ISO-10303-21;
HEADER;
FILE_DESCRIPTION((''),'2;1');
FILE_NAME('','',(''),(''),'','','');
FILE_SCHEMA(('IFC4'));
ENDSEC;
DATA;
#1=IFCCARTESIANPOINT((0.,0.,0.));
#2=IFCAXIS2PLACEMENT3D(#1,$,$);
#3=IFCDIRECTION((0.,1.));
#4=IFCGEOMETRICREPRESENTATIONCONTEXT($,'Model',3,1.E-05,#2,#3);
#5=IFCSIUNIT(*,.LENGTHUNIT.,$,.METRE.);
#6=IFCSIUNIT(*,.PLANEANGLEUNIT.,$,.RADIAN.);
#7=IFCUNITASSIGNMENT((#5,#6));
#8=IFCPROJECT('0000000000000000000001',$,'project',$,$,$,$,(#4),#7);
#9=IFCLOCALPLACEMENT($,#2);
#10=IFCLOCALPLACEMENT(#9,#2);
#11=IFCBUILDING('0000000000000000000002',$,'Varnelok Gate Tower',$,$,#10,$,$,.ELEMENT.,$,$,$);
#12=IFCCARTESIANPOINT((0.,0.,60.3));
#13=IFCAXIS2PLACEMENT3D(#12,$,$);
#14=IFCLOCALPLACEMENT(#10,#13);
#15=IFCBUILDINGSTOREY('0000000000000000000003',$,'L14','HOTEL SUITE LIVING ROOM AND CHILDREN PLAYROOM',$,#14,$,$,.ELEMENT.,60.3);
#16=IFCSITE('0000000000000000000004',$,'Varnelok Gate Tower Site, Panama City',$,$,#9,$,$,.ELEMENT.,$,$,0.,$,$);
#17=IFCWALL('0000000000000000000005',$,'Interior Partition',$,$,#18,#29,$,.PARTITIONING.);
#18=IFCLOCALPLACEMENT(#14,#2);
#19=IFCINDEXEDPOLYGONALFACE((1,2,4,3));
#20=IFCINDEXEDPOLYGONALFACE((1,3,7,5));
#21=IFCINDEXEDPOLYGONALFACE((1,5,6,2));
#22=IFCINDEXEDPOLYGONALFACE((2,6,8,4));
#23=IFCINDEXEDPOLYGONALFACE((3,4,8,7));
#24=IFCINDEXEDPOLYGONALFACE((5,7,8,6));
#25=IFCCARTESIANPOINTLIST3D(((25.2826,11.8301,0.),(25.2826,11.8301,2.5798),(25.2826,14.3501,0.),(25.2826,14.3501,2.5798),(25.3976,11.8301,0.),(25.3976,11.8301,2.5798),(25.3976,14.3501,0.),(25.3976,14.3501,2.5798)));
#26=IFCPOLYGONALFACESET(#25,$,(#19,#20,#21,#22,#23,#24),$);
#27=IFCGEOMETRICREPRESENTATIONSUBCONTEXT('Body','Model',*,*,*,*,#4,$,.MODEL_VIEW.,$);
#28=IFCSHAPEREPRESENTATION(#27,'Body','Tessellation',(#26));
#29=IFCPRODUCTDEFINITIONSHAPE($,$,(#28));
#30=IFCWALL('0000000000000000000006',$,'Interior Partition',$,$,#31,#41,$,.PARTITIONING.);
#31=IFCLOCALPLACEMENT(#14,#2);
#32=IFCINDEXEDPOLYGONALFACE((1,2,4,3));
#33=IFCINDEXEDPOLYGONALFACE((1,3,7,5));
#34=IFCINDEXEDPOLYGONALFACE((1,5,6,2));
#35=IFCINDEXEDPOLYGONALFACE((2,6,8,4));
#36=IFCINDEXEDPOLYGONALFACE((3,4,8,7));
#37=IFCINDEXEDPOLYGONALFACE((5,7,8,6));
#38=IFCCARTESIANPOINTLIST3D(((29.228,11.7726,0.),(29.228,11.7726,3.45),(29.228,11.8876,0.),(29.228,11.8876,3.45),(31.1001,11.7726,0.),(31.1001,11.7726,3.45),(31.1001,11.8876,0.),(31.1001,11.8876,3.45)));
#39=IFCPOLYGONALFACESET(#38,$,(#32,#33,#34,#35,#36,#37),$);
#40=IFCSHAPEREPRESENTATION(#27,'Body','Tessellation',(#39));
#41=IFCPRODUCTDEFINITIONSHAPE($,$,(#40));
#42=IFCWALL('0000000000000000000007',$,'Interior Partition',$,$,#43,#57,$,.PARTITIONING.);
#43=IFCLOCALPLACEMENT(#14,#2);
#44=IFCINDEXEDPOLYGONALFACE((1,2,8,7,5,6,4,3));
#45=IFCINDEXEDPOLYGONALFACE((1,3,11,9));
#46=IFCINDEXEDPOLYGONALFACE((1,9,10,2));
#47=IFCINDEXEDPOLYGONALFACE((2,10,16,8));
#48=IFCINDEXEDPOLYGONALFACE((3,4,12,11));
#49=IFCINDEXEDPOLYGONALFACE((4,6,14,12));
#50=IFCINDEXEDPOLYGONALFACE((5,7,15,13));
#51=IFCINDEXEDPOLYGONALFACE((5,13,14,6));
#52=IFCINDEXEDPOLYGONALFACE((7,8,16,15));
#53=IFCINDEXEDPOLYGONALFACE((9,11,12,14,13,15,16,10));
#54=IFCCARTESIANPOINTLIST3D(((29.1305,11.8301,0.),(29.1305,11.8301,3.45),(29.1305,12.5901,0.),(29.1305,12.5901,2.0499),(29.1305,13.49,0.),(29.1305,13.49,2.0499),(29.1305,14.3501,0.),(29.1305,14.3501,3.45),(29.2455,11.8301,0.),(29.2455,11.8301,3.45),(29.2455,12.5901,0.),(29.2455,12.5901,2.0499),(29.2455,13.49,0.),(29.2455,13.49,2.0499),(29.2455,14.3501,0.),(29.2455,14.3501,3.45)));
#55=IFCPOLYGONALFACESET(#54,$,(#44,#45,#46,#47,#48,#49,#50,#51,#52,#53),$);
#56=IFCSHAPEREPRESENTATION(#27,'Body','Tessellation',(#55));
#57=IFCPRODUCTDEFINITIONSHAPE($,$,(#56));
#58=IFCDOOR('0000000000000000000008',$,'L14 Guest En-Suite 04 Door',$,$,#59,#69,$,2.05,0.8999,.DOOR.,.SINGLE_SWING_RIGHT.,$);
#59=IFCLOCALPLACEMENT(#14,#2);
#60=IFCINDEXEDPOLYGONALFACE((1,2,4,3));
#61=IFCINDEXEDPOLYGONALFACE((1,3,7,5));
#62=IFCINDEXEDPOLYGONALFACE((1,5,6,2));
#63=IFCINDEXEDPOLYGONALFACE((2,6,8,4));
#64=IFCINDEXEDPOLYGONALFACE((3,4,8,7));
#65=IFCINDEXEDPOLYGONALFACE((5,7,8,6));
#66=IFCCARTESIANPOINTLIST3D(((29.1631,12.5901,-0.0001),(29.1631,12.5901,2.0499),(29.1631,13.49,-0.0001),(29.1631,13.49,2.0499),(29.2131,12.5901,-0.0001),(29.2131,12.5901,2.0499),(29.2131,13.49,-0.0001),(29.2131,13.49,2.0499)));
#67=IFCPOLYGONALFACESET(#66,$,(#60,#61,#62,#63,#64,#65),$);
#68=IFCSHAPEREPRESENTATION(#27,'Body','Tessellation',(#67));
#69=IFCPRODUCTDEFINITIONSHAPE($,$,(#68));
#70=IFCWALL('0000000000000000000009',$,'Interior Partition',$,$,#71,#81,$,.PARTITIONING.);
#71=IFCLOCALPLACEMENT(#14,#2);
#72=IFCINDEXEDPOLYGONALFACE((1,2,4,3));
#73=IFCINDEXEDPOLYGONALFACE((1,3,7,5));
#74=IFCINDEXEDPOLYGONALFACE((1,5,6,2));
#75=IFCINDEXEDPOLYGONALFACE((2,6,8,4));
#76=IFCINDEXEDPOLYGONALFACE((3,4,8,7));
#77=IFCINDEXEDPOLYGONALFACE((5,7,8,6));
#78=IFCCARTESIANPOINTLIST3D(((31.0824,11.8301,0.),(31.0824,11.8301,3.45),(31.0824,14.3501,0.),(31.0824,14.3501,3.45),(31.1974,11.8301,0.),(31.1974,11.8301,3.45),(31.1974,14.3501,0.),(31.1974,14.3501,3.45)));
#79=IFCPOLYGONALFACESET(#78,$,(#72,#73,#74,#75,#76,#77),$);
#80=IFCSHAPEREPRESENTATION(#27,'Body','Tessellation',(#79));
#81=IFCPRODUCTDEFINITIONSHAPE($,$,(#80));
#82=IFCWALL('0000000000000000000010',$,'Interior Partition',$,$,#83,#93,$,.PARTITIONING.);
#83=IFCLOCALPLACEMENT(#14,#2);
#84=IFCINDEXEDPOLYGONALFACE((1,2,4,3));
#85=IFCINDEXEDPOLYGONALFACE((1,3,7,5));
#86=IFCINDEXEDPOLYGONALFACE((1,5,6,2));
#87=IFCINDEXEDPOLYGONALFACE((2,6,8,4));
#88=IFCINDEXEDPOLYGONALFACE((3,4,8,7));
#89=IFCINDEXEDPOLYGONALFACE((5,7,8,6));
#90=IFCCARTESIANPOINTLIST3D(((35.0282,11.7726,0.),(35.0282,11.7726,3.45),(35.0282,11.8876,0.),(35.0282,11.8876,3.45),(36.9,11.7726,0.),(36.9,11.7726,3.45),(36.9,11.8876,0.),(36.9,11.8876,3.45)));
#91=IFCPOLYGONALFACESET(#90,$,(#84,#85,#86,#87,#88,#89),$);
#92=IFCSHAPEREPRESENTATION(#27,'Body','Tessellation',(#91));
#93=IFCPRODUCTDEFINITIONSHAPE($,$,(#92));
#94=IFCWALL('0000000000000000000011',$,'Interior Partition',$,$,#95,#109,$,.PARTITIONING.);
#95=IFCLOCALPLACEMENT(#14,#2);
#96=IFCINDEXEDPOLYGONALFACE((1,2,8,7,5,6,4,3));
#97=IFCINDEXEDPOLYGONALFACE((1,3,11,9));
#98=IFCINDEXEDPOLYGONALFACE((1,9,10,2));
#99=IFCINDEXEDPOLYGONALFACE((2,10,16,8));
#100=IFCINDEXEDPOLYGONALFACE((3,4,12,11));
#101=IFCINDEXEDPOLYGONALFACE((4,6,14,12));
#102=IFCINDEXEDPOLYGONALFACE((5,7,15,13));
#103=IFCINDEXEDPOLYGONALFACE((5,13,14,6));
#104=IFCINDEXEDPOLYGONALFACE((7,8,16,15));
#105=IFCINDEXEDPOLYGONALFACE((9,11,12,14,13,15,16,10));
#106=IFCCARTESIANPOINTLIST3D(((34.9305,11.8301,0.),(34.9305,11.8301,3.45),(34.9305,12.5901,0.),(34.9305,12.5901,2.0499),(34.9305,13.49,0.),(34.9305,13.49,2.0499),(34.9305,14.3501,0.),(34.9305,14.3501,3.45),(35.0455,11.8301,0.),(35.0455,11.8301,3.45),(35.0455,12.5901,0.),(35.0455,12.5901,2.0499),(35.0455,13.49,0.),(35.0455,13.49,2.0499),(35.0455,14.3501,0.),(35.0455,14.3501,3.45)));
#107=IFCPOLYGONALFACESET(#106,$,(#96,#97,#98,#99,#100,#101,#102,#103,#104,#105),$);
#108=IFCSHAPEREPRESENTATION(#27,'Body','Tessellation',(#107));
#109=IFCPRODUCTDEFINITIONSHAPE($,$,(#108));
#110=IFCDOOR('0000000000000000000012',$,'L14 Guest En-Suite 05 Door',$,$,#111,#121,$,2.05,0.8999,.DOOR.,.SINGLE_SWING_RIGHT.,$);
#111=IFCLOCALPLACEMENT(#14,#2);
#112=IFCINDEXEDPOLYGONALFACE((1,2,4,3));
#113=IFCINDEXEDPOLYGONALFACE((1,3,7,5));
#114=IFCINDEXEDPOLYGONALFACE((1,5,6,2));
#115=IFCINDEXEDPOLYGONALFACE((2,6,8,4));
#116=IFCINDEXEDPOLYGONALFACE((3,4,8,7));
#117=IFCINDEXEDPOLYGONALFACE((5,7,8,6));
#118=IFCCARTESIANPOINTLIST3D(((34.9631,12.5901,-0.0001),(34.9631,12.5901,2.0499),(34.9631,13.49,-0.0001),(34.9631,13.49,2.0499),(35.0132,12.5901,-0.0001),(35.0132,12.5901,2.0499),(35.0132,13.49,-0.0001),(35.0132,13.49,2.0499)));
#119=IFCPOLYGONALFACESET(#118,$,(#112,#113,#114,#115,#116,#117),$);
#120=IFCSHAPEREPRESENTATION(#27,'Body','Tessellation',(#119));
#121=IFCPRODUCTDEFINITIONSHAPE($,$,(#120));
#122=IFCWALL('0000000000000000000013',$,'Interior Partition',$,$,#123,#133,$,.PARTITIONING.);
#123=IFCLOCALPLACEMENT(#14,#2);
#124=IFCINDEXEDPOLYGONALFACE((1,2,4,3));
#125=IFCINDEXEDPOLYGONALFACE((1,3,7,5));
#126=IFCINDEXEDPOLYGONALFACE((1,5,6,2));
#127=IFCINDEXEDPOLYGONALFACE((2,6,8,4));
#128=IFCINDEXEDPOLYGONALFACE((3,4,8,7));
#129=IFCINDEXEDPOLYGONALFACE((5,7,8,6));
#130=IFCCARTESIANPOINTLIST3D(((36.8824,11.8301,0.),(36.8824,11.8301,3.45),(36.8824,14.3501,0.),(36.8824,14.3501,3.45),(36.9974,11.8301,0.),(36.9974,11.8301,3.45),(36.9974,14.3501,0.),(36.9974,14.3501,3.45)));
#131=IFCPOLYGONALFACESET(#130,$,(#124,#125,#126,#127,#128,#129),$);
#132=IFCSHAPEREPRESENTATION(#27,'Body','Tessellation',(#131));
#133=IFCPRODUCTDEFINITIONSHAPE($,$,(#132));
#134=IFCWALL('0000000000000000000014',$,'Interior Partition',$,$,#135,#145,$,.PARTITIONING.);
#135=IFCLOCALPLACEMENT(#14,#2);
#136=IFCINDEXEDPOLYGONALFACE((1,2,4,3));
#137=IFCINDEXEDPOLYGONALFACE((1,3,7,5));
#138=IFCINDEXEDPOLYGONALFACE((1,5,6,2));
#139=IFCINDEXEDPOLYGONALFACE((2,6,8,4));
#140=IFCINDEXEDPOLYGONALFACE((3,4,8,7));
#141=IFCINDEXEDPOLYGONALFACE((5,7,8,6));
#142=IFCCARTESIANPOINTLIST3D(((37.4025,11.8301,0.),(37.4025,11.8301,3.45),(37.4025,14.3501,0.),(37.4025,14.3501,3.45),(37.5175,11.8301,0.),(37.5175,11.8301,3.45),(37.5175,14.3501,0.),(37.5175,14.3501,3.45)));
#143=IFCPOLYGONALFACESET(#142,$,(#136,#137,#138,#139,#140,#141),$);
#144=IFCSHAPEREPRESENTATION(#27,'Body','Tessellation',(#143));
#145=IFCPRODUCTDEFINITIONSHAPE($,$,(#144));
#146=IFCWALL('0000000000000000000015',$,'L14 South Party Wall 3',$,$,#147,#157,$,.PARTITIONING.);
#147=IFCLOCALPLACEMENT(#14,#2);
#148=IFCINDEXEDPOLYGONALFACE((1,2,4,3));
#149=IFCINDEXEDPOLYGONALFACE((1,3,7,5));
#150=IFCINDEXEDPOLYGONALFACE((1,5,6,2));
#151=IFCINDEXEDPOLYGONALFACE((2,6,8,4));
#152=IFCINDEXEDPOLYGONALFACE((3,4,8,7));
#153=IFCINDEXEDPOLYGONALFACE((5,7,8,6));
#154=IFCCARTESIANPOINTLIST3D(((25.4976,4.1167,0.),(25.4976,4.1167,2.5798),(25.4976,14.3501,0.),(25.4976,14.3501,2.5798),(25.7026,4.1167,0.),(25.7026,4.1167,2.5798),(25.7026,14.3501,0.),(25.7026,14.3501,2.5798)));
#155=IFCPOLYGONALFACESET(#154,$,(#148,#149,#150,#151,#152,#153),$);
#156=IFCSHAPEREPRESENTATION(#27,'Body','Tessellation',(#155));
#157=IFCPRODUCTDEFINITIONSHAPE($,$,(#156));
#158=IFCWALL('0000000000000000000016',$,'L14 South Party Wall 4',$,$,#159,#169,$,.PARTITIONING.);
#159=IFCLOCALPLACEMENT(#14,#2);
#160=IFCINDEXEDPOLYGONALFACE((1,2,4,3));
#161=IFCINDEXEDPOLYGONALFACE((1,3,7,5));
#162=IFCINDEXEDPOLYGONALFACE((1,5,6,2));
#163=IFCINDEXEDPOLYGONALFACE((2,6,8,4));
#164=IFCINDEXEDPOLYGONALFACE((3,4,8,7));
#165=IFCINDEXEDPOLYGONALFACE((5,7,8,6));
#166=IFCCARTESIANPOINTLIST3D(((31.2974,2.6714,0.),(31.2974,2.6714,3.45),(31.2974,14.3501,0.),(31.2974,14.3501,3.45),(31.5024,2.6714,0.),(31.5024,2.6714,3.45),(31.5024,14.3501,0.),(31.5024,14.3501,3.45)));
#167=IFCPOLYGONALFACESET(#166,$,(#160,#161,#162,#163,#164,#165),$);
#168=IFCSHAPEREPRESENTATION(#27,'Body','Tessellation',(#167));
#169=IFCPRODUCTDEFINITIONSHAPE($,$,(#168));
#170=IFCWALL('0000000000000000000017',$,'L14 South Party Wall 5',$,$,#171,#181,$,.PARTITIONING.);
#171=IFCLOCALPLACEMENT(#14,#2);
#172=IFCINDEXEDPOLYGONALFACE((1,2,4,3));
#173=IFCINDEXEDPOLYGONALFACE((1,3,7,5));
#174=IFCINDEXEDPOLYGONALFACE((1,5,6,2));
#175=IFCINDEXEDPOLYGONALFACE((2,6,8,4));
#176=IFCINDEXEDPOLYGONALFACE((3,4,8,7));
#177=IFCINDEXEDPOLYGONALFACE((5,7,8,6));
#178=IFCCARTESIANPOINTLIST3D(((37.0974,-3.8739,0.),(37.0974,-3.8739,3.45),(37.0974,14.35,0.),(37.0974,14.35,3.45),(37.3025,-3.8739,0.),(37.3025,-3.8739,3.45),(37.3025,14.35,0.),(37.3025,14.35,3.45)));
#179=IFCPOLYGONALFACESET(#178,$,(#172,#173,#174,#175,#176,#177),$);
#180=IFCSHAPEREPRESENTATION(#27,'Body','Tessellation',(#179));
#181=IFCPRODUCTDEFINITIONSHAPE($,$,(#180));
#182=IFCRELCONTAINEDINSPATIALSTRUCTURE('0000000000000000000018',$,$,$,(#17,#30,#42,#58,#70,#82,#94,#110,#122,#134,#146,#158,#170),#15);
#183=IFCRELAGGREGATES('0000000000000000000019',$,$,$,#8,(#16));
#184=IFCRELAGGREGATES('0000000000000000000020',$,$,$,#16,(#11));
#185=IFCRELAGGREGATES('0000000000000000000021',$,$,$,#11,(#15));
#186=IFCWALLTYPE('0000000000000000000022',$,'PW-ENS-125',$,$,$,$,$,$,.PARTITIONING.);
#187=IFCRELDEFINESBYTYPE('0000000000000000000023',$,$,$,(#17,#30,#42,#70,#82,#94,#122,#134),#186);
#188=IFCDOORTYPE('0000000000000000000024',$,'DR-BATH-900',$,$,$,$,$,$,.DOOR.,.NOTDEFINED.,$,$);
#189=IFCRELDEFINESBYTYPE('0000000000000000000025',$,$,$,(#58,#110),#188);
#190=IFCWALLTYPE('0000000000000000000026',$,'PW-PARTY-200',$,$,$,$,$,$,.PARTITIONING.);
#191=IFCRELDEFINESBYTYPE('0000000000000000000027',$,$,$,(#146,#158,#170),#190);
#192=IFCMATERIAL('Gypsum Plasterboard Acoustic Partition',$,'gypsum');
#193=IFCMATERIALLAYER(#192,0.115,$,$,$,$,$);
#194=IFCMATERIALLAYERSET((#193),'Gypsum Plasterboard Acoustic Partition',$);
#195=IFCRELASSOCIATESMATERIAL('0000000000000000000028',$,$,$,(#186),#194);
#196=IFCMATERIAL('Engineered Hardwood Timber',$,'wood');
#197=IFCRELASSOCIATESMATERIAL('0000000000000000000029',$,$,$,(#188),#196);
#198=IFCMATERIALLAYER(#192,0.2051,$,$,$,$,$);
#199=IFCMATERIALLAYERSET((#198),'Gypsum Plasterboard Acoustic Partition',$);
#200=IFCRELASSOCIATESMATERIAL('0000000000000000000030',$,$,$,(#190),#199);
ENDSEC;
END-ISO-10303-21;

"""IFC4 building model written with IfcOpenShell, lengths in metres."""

from ifc_helpers import new_model, si_unit, direction, frame, frame_2d, origin, place, context, subcontext, project, spatial, rectangle, extrude, material, layer, layer_set, type_object, element, fill, save


model = new_model("IFC4")

# Units and contexts
model_context = context("Model", 3, precision=1e-05, world=origin(), true_north=direction((0.0, 1.0)))
body_context = subcontext(model_context, "Body", "Model", "MODEL_VIEW")
ifc_project = project(units=[si_unit("LENGTHUNIT", "METRE"), si_unit("PLANEANGLEUNIT", "RADIAN")], contexts=[model_context])

# Site, building, storey
site_placement = place(None, origin())
site = spatial("IfcSite", under=ifc_project, at=site_placement, Name="Varnelok Gate Tower Site, Panama City", CompositionType="ELEMENT", RefElevation=0.0)
building_placement = place(site_placement, origin())
building = spatial("IfcBuilding", under=site, at=building_placement, Name="Varnelok Gate Tower", CompositionType="ELEMENT")
storey_placement = place(building_placement, frame((0.0, 0.0, 60.3)))
storey = spatial("IfcBuildingStorey", under=building, at=storey_placement, Name="L14", Description="HOTEL SUITE LIVING ROOM AND CHILDREN PLAYROOM", CompositionType="ELEMENT", Elevation=60.3)

# Walls
ifc_material_1 = material(Name="Gypsum Plasterboard Acoustic Partition", Category="gypsum")
ifc_layer_1 = layer(ifc_material_1, 0.115)
ifc_layer_set_1 = layer_set([ifc_layer_1], Name="Gypsum Plasterboard Acoustic Partition")
wall_type_1 = type_object("IfcWallType", Name="PW-ENS-125", PredefinedType="PARTITIONING", material=ifc_layer_set_1)
wall_1_placement = place(storey_placement, frame((25.3401, 11.8301, 0.0), z_axis=(0.0, 0.0, 1.0), x_axis=(0.0, 1.0, 0.0)))
element("IfcWall", 1, at=wall_1_placement, inside=storey, type_object=wall_type_1, Name="Interior Partition", PredefinedType="PARTITIONING", context=body_context, shape_type="SweptSolid", body=[
    extrude(rectangle(XDim=2.52, YDim=0.115, at=frame_2d((1.26, 0.0))), origin(), (0.0, 0.0, 1.0), 2.5798),
])
wall_2_placement = place(storey_placement, frame((29.228, 11.8301, 0.0), z_axis=(0.0, 0.0, 1.0), x_axis=(1.0, 0.0, 0.0)))
element("IfcWall", 2, at=wall_2_placement, inside=storey, type_object=wall_type_1, Name="Interior Partition", PredefinedType="PARTITIONING", context=body_context, shape_type="SweptSolid", body=[
    extrude(rectangle(XDim=1.8721, YDim=0.115, at=frame_2d((0.936, 0.0))), origin(), (0.0, 0.0, 1.0), 3.45),
])

# Wall, opening, door
wall_3_placement = place(storey_placement, frame((29.188, 11.8301, 0.0), z_axis=(0.0, 0.0, 1.0), x_axis=(0.0, 1.0, 0.0)))
wall_3 = element("IfcWall", 3, at=wall_3_placement, inside=storey, type_object=wall_type_1, Name="Interior Partition", PredefinedType="PARTITIONING", context=body_context, shape_type="SweptSolid", body=[
    extrude(rectangle(XDim=2.52, YDim=0.115, at=frame_2d((1.26, 0.0))), origin(), (0.0, 0.0, 1.0), 3.45),
])
opening_1_placement = place(wall_3_placement, frame((0.76, 0.0, 0.0)))
opening_1 = element("IfcOpeningElement", 4, at=opening_1_placement, cuts=wall_3, PredefinedType="OPENING", context=body_context, shape_type="SweptSolid", body=[
    extrude(rectangle(XDim=0.8999, YDim=2.05, at=frame_2d((0.45, 1.0249))), frame((0.0, 0.0674, 0.0), z_axis=(0.0, -1.0, 0.0), x_axis=(1.0, 0.0, 0.0)), (0.0, 0.0, 1.0), 0.135),
])
ifc_material_2 = material(Name="Engineered Hardwood Timber", Category="wood")
door_type_1 = type_object("IfcDoorType", Name="DR-BATH-900", OperationType="NOTDEFINED", PredefinedType="DOOR", material=ifc_material_2)
door_1_placement = place(opening_1_placement, origin())
door_1 = element("IfcDoor", 5, at=door_1_placement, inside=storey, type_object=door_type_1, Name="L14 Guest En-Suite 04 Door", OperationType="SINGLE_SWING_RIGHT", OverallHeight=2.05, OverallWidth=0.8999, PredefinedType="DOOR", context=body_context, shape_type="SweptSolid", body=[
    extrude(rectangle(XDim=0.8999, YDim=2.05, at=frame_2d((0.45, 1.0249))), frame((0.0, 0.0249, 0.0), z_axis=(0.0, -1.0, 0.0), x_axis=(1.0, 0.0, 0.0)), (0.0, 0.0, 1.0), 0.05),
])
fill(opening_1, door_1)

# Walls
wall_4_placement = place(storey_placement, frame((31.1399, 11.8301, 0.0), z_axis=(0.0, 0.0, 1.0), x_axis=(0.0, 1.0, 0.0)))
element("IfcWall", 6, at=wall_4_placement, inside=storey, type_object=wall_type_1, Name="Interior Partition", PredefinedType="PARTITIONING", context=body_context, shape_type="SweptSolid", body=[
    extrude(rectangle(XDim=2.52, YDim=0.115, at=frame_2d((1.26, 0.0))), origin(), (0.0, 0.0, 1.0), 3.45),
])
wall_5_placement = place(storey_placement, frame((35.0281, 11.8301, 0.0), z_axis=(0.0, 0.0, 1.0), x_axis=(1.0, 0.0, 0.0)))
element("IfcWall", 7, at=wall_5_placement, inside=storey, type_object=wall_type_1, Name="Interior Partition", PredefinedType="PARTITIONING", context=body_context, shape_type="SweptSolid", body=[
    extrude(rectangle(XDim=1.8718, YDim=0.115, at=frame_2d((0.936, 0.0))), origin(), (0.0, 0.0, 1.0), 3.45),
])

# Wall, opening, door
wall_6_placement = place(storey_placement, frame((34.988, 11.8301, 0.0), z_axis=(0.0, 0.0, 1.0), x_axis=(0.0, 1.0, 0.0)))
wall_6 = element("IfcWall", 8, at=wall_6_placement, inside=storey, type_object=wall_type_1, Name="Interior Partition", PredefinedType="PARTITIONING", context=body_context, shape_type="SweptSolid", body=[
    extrude(rectangle(XDim=2.52, YDim=0.115, at=frame_2d((1.26, 0.0))), origin(), (0.0, 0.0, 1.0), 3.45),
])
opening_2_placement = place(wall_6_placement, frame((0.76, 0.0, 0.0)))
opening_2 = element("IfcOpeningElement", 9, at=opening_2_placement, cuts=wall_6, PredefinedType="OPENING", context=body_context, shape_type="SweptSolid", body=[
    extrude(rectangle(XDim=0.8999, YDim=2.05, at=frame_2d((0.45, 1.0249))), frame((0.0, 0.0674, 0.0), z_axis=(0.0, -1.0, 0.0), x_axis=(1.0, 0.0, 0.0)), (0.0, 0.0, 1.0), 0.135),
])
door_2_placement = place(opening_2_placement, origin())
door_2 = element("IfcDoor", 10, at=door_2_placement, inside=storey, type_object=door_type_1, Name="L14 Guest En-Suite 05 Door", OperationType="SINGLE_SWING_RIGHT", OverallHeight=2.05, OverallWidth=0.8999, PredefinedType="DOOR", context=body_context, shape_type="SweptSolid", body=[
    extrude(rectangle(XDim=0.8999, YDim=2.05, at=frame_2d((0.45, 1.0249))), frame((0.0, 0.0249, 0.0), z_axis=(0.0, -1.0, 0.0), x_axis=(1.0, 0.0, 0.0)), (0.0, 0.0, 1.0), 0.05),
])
fill(opening_2, door_2)

# Walls
for number, where, z_axis, x_axis, name in (
    (11, (36.9399, 11.8301, 0.0), (0.0, 0.0, 1.0), (0.0, 1.0, 0.0), "Interior Partition"),
    (12, (37.46, 11.8301, 0.0), (0.0, 0.0, 1.0), (0.0, 1.0, 0.0), "Interior Partition"),
):
    element("IfcWall", number, at=place(storey_placement, frame(where, z_axis=z_axis, x_axis=x_axis)), inside=storey, type_object=wall_type_1, Name=name, PredefinedType="PARTITIONING", context=body_context, shape_type="SweptSolid", body=[
        extrude(rectangle(XDim=2.52, YDim=0.115, at=frame_2d((1.26, 0.0))), origin(), (0.0, 0.0, 1.0), 3.45),
    ])
ifc_layer_2 = layer(ifc_material_1, 0.2051)
ifc_layer_set_2 = layer_set([ifc_layer_2], Name="Gypsum Plasterboard Acoustic Partition")
wall_type_2 = type_object("IfcWallType", Name="PW-PARTY-200", PredefinedType="PARTITIONING", material=ifc_layer_set_2)
wall_7_placement = place(storey_placement, frame((25.6001, 4.1167, 0.0), z_axis=(0.0, 0.0, 1.0), x_axis=(0.0, 1.0, 0.0)))
element("IfcWall", 13, at=wall_7_placement, inside=storey, type_object=wall_type_2, Name="L14 South Party Wall 3", PredefinedType="PARTITIONING", context=body_context, shape_type="SweptSolid", body=[
    extrude(rectangle(XDim=10.2334, YDim=0.2051, at=frame_2d((5.1167, 0.0))), origin(), (0.0, 0.0, 1.0), 2.5798),
])
wall_8_placement = place(storey_placement, frame((31.3999, 2.6714, 0.0), z_axis=(0.0, 0.0, 1.0), x_axis=(0.0, 1.0, 0.0)))
element("IfcWall", 14, at=wall_8_placement, inside=storey, type_object=wall_type_2, Name="L14 South Party Wall 4", PredefinedType="PARTITIONING", context=body_context, shape_type="SweptSolid", body=[
    extrude(rectangle(XDim=11.6787, YDim=0.2051, at=frame_2d((5.8394, 0.0))), origin(), (0.0, 0.0, 1.0), 3.45),
])
wall_9_placement = place(storey_placement, frame((37.2, -3.8738, 0.0), z_axis=(0.0, 0.0, 1.0), x_axis=(0.0, 1.0, 0.0)))
element("IfcWall", 15, at=wall_9_placement, inside=storey, type_object=wall_type_2, Name="L14 South Party Wall 5", PredefinedType="PARTITIONING", context=body_context, shape_type="SweptSolid", body=[
    extrude(rectangle(XDim=18.2239, YDim=0.2051, at=frame_2d((9.1118, 0.0))), origin(), (0.0, 0.0, 1.0), 3.45),
])

save(model, "model.ifc")
